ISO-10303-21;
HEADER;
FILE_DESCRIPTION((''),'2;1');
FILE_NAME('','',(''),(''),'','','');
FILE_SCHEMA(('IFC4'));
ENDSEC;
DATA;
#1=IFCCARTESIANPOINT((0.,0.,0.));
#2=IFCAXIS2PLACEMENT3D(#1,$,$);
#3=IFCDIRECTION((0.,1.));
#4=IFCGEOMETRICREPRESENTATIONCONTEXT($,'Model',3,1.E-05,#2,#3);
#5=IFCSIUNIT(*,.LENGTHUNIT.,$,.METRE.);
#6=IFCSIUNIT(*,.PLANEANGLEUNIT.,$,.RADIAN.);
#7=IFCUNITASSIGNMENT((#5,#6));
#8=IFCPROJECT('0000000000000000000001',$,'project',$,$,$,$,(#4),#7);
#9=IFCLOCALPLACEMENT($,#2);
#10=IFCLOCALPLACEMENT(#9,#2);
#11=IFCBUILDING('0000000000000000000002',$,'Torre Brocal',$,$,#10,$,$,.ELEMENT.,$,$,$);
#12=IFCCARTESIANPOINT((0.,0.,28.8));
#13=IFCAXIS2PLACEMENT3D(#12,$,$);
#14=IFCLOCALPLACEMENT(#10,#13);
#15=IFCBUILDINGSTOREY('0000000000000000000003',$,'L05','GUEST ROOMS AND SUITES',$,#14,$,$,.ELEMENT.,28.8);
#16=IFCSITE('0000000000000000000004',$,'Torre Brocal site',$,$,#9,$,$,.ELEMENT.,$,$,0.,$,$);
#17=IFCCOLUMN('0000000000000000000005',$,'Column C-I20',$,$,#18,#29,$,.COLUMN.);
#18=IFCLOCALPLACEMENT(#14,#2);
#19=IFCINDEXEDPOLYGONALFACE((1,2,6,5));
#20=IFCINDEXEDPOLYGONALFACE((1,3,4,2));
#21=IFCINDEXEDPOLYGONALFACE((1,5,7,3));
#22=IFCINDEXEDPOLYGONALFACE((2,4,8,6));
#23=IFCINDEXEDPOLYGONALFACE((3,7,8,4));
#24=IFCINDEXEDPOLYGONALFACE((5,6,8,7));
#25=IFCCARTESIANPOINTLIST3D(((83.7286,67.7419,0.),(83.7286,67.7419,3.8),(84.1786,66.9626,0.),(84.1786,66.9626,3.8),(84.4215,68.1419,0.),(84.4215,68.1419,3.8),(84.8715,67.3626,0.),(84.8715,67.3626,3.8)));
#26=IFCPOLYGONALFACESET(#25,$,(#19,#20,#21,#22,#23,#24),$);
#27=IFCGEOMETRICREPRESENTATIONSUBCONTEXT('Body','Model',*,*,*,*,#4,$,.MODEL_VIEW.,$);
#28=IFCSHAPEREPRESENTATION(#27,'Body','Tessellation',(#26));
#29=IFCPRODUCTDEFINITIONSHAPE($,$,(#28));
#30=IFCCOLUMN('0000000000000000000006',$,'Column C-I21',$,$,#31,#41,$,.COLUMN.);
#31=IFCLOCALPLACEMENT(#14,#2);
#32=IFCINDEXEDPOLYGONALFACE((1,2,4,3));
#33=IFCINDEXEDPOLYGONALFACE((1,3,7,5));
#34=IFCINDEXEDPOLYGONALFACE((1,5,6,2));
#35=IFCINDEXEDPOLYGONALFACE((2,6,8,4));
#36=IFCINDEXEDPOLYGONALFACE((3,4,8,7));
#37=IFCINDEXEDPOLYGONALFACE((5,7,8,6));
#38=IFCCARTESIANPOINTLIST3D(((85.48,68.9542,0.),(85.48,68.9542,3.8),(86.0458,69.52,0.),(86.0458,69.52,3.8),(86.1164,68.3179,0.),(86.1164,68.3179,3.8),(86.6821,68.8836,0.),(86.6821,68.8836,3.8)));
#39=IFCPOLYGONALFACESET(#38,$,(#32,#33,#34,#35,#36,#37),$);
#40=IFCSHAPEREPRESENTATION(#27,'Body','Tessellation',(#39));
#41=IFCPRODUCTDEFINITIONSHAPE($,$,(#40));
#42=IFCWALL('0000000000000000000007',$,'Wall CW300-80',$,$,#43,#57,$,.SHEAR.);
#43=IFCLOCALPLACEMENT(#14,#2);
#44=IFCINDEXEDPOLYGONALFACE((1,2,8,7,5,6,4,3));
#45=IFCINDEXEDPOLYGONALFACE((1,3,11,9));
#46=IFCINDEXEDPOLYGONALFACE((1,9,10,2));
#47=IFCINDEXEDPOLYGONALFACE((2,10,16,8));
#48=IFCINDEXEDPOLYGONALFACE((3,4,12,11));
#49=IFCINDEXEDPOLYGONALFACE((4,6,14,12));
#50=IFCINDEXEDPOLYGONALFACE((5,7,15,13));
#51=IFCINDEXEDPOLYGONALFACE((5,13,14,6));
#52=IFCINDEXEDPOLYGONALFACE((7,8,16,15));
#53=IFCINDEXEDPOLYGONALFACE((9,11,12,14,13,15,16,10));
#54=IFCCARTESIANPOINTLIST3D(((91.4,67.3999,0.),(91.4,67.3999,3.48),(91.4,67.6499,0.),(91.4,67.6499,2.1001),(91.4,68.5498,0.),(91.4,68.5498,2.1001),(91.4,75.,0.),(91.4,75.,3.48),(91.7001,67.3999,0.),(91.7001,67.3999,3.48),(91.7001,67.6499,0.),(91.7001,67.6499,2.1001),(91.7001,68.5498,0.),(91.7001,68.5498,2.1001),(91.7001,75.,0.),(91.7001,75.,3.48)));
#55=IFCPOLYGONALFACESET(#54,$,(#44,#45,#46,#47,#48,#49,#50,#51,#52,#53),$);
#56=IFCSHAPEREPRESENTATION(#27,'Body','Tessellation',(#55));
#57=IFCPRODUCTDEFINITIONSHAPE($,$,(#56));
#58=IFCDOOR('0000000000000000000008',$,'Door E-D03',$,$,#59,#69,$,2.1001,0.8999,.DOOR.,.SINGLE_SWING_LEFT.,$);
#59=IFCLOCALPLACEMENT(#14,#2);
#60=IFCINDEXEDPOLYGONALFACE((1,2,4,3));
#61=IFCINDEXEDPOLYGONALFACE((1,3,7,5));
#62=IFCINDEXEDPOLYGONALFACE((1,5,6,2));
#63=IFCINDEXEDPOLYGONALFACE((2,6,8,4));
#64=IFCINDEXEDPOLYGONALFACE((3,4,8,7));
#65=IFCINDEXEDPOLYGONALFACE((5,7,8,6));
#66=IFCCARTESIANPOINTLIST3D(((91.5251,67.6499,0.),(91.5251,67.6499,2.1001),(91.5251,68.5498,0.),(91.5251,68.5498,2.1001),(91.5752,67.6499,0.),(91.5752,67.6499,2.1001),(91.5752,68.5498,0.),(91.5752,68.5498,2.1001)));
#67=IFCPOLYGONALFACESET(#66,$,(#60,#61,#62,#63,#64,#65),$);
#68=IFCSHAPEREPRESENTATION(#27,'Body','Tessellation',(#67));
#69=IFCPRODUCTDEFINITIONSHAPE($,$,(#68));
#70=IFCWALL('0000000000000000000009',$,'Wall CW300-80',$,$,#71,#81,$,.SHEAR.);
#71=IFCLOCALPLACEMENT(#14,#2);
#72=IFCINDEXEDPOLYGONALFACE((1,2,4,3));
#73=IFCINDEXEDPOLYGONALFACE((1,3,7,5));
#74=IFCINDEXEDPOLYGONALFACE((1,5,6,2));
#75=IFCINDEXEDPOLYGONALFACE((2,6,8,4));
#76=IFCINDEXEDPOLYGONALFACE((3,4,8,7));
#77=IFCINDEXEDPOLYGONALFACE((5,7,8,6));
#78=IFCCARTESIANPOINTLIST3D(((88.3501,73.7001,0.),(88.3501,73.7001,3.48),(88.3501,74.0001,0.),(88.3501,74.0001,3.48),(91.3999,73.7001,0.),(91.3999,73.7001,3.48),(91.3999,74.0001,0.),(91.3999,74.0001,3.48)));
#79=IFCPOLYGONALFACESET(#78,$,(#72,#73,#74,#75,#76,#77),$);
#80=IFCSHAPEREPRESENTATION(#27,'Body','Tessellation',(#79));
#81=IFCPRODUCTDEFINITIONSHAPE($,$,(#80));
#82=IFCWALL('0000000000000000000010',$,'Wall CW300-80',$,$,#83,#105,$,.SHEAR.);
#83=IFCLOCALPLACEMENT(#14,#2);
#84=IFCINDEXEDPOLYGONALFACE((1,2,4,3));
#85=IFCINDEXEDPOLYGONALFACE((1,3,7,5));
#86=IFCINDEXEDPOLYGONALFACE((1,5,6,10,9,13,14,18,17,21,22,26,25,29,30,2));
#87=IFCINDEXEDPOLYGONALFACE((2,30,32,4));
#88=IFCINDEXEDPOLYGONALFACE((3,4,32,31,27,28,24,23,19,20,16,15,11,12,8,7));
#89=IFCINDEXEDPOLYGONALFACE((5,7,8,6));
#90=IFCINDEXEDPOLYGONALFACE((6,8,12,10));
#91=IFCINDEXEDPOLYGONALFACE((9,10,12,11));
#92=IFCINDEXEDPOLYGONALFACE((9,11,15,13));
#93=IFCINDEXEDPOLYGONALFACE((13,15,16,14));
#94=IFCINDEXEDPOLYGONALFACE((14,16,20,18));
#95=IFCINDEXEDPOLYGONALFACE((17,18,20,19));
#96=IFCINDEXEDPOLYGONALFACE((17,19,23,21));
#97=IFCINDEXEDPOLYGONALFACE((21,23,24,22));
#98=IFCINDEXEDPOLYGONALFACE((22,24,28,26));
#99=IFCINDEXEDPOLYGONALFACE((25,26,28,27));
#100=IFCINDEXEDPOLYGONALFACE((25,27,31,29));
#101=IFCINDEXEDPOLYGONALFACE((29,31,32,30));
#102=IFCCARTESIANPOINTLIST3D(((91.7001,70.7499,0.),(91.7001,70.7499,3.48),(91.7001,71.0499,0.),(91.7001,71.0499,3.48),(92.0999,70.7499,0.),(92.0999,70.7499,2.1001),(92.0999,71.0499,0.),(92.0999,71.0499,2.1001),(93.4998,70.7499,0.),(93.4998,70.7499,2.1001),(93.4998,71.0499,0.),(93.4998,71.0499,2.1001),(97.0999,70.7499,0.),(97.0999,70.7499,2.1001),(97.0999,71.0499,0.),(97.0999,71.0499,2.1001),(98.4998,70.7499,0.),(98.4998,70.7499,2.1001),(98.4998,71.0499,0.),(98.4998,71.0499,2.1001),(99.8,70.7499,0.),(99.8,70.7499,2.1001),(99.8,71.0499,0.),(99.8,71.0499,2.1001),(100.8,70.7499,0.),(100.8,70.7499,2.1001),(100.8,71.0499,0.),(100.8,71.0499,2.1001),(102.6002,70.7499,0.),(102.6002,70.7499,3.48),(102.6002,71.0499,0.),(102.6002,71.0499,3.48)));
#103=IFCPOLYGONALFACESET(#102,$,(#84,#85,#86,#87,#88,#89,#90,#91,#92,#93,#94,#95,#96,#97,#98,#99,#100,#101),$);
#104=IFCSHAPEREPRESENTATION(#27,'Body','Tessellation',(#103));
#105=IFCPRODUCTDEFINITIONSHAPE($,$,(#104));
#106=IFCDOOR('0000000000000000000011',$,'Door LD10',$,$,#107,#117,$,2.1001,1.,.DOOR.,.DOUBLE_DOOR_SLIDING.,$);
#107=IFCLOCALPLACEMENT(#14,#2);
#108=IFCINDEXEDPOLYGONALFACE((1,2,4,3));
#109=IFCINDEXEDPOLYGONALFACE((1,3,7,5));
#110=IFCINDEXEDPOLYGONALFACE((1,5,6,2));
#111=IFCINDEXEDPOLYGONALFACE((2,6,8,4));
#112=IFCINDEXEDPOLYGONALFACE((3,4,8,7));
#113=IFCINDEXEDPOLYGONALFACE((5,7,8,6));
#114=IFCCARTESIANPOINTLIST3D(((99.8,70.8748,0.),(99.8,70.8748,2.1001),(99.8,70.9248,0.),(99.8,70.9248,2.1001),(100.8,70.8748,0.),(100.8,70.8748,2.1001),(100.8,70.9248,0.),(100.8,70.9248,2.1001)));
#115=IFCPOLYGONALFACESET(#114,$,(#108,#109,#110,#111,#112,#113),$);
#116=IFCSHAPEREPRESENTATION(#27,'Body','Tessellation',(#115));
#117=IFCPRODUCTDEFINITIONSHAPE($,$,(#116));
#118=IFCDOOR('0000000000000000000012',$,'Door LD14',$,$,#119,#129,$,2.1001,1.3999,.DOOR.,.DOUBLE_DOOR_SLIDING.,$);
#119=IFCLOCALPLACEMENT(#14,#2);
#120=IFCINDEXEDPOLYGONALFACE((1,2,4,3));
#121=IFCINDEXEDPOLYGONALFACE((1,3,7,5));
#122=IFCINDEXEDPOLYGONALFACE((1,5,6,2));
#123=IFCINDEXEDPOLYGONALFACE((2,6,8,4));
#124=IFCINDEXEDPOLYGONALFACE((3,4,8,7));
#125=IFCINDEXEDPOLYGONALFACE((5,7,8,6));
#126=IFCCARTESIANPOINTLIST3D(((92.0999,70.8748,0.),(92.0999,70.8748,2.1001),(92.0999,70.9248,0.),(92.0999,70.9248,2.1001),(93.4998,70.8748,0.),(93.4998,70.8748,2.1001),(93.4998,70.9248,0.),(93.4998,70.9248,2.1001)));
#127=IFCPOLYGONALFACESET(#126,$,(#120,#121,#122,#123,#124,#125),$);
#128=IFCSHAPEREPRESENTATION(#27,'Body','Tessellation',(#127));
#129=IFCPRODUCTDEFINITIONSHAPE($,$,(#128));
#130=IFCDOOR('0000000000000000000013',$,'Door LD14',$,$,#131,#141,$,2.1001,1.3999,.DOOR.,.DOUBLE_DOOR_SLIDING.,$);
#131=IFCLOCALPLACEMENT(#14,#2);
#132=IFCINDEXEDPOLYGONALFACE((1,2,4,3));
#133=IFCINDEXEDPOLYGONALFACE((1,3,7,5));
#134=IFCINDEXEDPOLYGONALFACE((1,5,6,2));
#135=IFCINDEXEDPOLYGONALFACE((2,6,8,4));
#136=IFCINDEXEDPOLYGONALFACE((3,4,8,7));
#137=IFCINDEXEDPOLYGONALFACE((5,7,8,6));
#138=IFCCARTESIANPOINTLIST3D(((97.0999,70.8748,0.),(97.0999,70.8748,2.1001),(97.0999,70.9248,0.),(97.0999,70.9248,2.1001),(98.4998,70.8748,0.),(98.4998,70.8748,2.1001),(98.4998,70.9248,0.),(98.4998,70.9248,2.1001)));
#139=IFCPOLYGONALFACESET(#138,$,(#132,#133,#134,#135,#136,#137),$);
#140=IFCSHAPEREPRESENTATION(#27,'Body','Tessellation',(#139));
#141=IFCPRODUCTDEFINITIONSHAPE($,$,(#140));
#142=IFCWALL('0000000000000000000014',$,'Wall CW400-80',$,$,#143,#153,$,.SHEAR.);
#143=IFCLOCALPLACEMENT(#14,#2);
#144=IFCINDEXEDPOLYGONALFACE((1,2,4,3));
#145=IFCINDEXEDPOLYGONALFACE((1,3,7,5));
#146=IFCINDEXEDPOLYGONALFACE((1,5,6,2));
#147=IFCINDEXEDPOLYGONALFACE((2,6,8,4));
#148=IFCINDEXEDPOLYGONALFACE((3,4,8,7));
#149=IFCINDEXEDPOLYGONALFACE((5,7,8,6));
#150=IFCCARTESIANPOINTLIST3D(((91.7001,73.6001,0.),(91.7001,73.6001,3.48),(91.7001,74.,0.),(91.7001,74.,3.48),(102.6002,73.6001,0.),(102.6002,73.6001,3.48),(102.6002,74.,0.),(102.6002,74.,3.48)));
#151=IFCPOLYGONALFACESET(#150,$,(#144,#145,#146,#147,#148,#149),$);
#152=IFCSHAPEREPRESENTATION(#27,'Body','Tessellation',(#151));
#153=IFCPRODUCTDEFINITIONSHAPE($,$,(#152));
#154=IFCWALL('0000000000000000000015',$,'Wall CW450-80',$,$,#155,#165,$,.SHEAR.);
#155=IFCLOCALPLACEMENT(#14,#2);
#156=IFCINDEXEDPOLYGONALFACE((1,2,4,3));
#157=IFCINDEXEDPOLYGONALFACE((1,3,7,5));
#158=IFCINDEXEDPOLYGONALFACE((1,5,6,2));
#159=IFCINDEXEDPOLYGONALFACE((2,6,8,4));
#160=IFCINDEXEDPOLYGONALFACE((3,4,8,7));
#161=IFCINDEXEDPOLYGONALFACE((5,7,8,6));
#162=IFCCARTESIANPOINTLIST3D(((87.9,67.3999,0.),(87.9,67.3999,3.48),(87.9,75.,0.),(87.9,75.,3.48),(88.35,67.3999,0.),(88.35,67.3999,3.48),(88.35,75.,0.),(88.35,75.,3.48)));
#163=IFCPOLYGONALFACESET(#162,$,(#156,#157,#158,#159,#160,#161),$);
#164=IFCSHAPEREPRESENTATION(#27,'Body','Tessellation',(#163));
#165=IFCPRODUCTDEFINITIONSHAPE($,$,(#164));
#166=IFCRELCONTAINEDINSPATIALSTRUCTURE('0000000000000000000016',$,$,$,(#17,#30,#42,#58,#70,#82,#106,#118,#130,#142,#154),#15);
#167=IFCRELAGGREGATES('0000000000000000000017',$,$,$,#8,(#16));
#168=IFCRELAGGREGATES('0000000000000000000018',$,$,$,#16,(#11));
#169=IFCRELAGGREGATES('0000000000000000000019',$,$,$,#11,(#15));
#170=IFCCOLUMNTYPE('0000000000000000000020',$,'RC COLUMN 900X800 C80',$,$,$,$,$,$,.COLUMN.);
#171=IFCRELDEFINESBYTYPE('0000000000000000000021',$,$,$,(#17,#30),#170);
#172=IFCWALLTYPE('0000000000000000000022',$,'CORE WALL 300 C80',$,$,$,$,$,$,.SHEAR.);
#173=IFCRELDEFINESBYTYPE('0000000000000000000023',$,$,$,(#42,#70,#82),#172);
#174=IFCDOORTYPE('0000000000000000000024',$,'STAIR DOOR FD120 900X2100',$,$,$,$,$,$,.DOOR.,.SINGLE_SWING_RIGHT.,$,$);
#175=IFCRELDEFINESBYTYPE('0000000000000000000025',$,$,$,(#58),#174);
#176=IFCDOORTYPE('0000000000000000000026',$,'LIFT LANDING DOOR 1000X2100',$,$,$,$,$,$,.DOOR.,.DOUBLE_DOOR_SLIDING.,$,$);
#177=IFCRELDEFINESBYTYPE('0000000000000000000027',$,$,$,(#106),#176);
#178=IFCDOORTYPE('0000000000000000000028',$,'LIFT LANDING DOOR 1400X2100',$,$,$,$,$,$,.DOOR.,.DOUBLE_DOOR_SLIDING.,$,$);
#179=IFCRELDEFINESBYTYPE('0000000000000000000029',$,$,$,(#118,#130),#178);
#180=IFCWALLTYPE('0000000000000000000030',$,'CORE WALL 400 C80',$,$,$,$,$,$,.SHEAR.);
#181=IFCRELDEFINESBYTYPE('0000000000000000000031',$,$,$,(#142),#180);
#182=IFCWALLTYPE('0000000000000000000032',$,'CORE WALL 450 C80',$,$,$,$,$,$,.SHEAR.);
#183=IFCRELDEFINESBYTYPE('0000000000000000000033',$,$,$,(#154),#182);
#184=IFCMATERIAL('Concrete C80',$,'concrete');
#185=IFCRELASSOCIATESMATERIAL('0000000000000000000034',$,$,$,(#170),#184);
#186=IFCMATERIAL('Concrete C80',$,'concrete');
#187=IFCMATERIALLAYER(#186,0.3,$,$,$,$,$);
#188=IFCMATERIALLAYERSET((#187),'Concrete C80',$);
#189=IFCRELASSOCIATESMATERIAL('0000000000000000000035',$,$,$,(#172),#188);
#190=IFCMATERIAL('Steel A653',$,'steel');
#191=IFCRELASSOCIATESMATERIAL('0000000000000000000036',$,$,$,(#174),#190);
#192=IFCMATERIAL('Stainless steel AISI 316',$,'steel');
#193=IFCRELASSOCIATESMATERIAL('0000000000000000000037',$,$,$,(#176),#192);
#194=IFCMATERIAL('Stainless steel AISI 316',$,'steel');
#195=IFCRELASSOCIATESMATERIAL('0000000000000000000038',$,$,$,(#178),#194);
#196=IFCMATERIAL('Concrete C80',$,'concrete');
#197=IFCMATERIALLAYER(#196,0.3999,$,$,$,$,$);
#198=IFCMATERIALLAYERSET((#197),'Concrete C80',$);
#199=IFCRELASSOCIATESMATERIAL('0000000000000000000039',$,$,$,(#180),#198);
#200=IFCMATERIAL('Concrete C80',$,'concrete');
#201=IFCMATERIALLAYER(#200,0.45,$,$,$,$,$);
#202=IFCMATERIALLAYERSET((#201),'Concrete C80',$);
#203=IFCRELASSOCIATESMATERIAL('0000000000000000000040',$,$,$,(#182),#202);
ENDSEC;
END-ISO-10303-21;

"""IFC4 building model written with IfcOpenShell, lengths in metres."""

from ifc_helpers import new_model, si_unit, direction, frame, frame_2d, origin, origin_2d, place, context, subcontext, project, spatial, rectangle, extrude, material, layer, layer_set, material_profile, profile_set, type_object, element, fill, save


model = new_model("IFC4")

# Units and contexts
model_context = context("Model", 3, precision=1e-05, world=origin(), true_north=direction((0.0, 1.0)))
body_context = subcontext(model_context, "Body", "Model", "MODEL_VIEW")
ifc_project = project(units=[si_unit("LENGTHUNIT", "METRE"), si_unit("PLANEANGLEUNIT", "RADIAN")], contexts=[model_context])

# Site, building, storey
site_placement = place(None, origin())
site = spatial("IfcSite", under=ifc_project, at=site_placement, Name="Torre Brocal site", CompositionType="ELEMENT", RefElevation=0.0)
building_placement = place(site_placement, origin())
building = spatial("IfcBuilding", under=site, at=building_placement, Name="Torre Brocal", CompositionType="ELEMENT")
storey_placement = place(building_placement, frame((0.0, 0.0, 28.8)))
storey = spatial("IfcBuildingStorey", under=building, at=storey_placement, Name="L05", Description="GUEST ROOMS AND SUITES", CompositionType="ELEMENT", Elevation=28.8)

# Columns
ifc_material_1 = material(Name="Concrete C80", Category="concrete")
ifc_material_profile = material_profile(ifc_material_1, rectangle(XDim=0.8999, YDim=0.8, at=origin_2d()), Name="RC 900X800")
ifc_profile_set = profile_set([ifc_material_profile], Name="Concrete C80")
column_type = type_object("IfcColumnType", Name="RC COLUMN 900X800 C80", PredefinedType="COLUMN", material=ifc_profile_set)
for number, where, z_axis, x_axis, name in (
    (1, (84.3, 67.5522, 0.0), (0.0, 0.0, 1.0), (0.5, -0.866025, 0.0), "Column C-I20"),
    (2, (86.0811, 68.9189, 0.0), (0.0, 0.0, 1.0), (0.707107, -0.707107, 0.0), "Column C-I21"),
):
    element("IfcColumn", number, at=place(storey_placement, frame(where, z_axis=z_axis, x_axis=x_axis)), inside=storey, type_object=column_type, Name=name, PredefinedType="COLUMN", context=body_context, shape_type="SweptSolid", body=[
        extrude(rectangle(XDim=0.8999, YDim=0.8, at=origin_2d()), origin(), (0.0, 0.0, 1.0), 3.8),
    ])

# Wall, opening, door
ifc_material_2 = material(Name="Concrete C80", Category="concrete")
ifc_layer_1 = layer(ifc_material_2, 0.3)
ifc_layer_set_1 = layer_set([ifc_layer_1], Name="Concrete C80")
wall_type_1 = type_object("IfcWallType", Name="CORE WALL 300 C80", PredefinedType="SHEAR", material=ifc_layer_set_1)
wall_1_placement = place(storey_placement, frame((91.55, 67.3999, 0.0), z_axis=(0.0, 0.0, 1.0), x_axis=(0.0, 1.0, 0.0)))
wall_1 = element("IfcWall", 3, at=wall_1_placement, inside=storey, type_object=wall_type_1, Name="Wall CW300-80", PredefinedType="SHEAR", context=body_context, shape_type="SweptSolid", body=[
    extrude(rectangle(XDim=7.6001, YDim=0.3, at=frame_2d((3.8, 0.0))), origin(), (0.0, 0.0, 1.0), 3.48),
])
opening_1_placement = place(wall_1_placement, frame((0.25, 0.0, 0.0)))
opening_1 = element("IfcOpeningElement", 4, at=opening_1_placement, cuts=wall_1, PredefinedType="OPENING", context=body_context, shape_type="SweptSolid", body=[
    extrude(rectangle(XDim=0.8999, YDim=2.1001, at=frame_2d((0.45, 1.05))), frame((0.0, 0.1599, 0.0), z_axis=(0.0, -1.0, 0.0), x_axis=(1.0, 0.0, 0.0)), (0.0, 0.0, 1.0), 0.3201),
])
ifc_material_3 = material(Name="Steel A653", Category="steel")
door_type_1 = type_object("IfcDoorType", Name="STAIR DOOR FD120 900X2100", OperationType="SINGLE_SWING_RIGHT", PredefinedType="DOOR", material=ifc_material_3)
door_1_placement = place(opening_1_placement, origin())
door_1 = element("IfcDoor", 5, at=door_1_placement, inside=storey, type_object=door_type_1, Name="Door E-D03", OperationType="SINGLE_SWING_LEFT", OverallHeight=2.1001, OverallWidth=0.8999, PredefinedType="DOOR", context=body_context, shape_type="SweptSolid", body=[
    extrude(rectangle(XDim=0.8999, YDim=2.1001, at=frame_2d((0.45, 1.05))), frame((0.0, 0.0249, 0.0), z_axis=(0.0, -1.0, 0.0), x_axis=(1.0, 0.0, 0.0)), (0.0, 0.0, 1.0), 0.05),
])
fill(opening_1, door_1)

# Wall
wall_2_placement = place(storey_placement, frame((88.3501, 73.8501, 0.0), z_axis=(0.0, 0.0, 1.0), x_axis=(1.0, 0.0, 0.0)))
element("IfcWall", 6, at=wall_2_placement, inside=storey, type_object=wall_type_1, Name="Wall CW300-80", PredefinedType="SHEAR", context=body_context, shape_type="SweptSolid", body=[
    extrude(rectangle(XDim=3.0498, YDim=0.3, at=frame_2d((1.5249, 0.0))), origin(), (0.0, 0.0, 1.0), 3.48),
])

# Wall, openings, doors
wall_3_placement = place(storey_placement, frame((91.7, 70.8999, 0.0), z_axis=(0.0, 0.0, 1.0), x_axis=(1.0, 0.0, 0.0)))
wall_3 = element("IfcWall", 7, at=wall_3_placement, inside=storey, type_object=wall_type_1, Name="Wall CW300-80", PredefinedType="SHEAR", context=body_context, shape_type="SweptSolid", body=[
    extrude(rectangle(XDim=10.9001, YDim=0.3, at=frame_2d((5.4502, 0.0))), origin(), (0.0, 0.0, 1.0), 3.48),
])
opening_2_placement = place(wall_3_placement, frame((0.3999, 0.0, 0.0)))
opening_2 = element("IfcOpeningElement", 8, at=opening_2_placement, cuts=wall_3, PredefinedType="OPENING", context=body_context, shape_type="SweptSolid", body=[
    extrude(rectangle(XDim=1.3999, YDim=2.1001, at=frame_2d((0.7, 1.05))), frame((0.0, 0.1599, 0.0), z_axis=(0.0, -1.0, 0.0), x_axis=(1.0, 0.0, 0.0)), (0.0, 0.0, 1.0), 0.3201),
])
opening_3_placement = place(wall_3_placement, frame((5.3999, 0.0, 0.0)))
opening_3 = element("IfcOpeningElement", 9, at=opening_3_placement, cuts=wall_3, PredefinedType="OPENING", context=body_context, shape_type="SweptSolid", body=[
    extrude(rectangle(XDim=1.3999, YDim=2.1001, at=frame_2d((0.7, 1.05))), frame((0.0, 0.1599, 0.0), z_axis=(0.0, -1.0, 0.0), x_axis=(1.0, 0.0, 0.0)), (0.0, 0.0, 1.0), 0.3201),
])
opening_4_placement = place(wall_3_placement, frame((8.1001, 0.0, 0.0)))
opening_4 = element("IfcOpeningElement", 10, at=opening_4_placement, cuts=wall_3, PredefinedType="OPENING", context=body_context, shape_type="SweptSolid", body=[
    extrude(rectangle(XDim=1.0, YDim=2.1001, at=frame_2d((0.5, 1.05))), frame((0.0, 0.1599, 0.0), z_axis=(0.0, -1.0, 0.0), x_axis=(1.0, 0.0, 0.0)), (0.0, 0.0, 1.0), 0.3201),
])
ifc_material_4 = material(Name="Stainless steel AISI 316", Category="steel")
door_type_2 = type_object("IfcDoorType", Name="LIFT LANDING DOOR 1000X2100", OperationType="DOUBLE_DOOR_SLIDING", PredefinedType="DOOR", material=ifc_material_4)
door_2_placement = place(opening_4_placement, origin())
door_2 = element("IfcDoor", 11, at=door_2_placement, inside=storey, type_object=door_type_2, Name="Door LD10", OperationType="DOUBLE_DOOR_SLIDING", OverallHeight=2.1001, OverallWidth=1.0, PredefinedType="DOOR", context=body_context, shape_type="SweptSolid", body=[
    extrude(rectangle(XDim=1.0, YDim=2.1001, at=frame_2d((0.5, 1.05))), frame((0.0, 0.0249, 0.0), z_axis=(0.0, -1.0, 0.0), x_axis=(1.0, 0.0, 0.0)), (0.0, 0.0, 1.0), 0.05),
])
fill(opening_4, door_2)
ifc_material_5 = material(Name="Stainless steel AISI 316", Category="steel")
door_type_3 = type_object("IfcDoorType", Name="LIFT LANDING DOOR 1400X2100", OperationType="DOUBLE_DOOR_SLIDING", PredefinedType="DOOR", material=ifc_material_5)
door_3_placement = place(opening_2_placement, origin())
door_3 = element("IfcDoor", 12, at=door_3_placement, inside=storey, type_object=door_type_3, Name="Door LD14", OperationType="DOUBLE_DOOR_SLIDING", OverallHeight=2.1001, OverallWidth=1.3999, PredefinedType="DOOR", context=body_context, shape_type="SweptSolid", body=[
    extrude(rectangle(XDim=1.3999, YDim=2.1001, at=frame_2d((0.7, 1.05))), frame((0.0, 0.0249, 0.0), z_axis=(0.0, -1.0, 0.0), x_axis=(1.0, 0.0, 0.0)), (0.0, 0.0, 1.0), 0.05),
])
fill(opening_2, door_3)
door_4_placement = place(opening_3_placement, origin())
door_4 = element("IfcDoor", 13, at=door_4_placement, inside=storey, type_object=door_type_3, Name="Door LD14", OperationType="DOUBLE_DOOR_SLIDING", OverallHeight=2.1001, OverallWidth=1.3999, PredefinedType="DOOR", context=body_context, shape_type="SweptSolid", body=[
    extrude(rectangle(XDim=1.3999, YDim=2.1001, at=frame_2d((0.7, 1.05))), frame((0.0, 0.0249, 0.0), z_axis=(0.0, -1.0, 0.0), x_axis=(1.0, 0.0, 0.0)), (0.0, 0.0, 1.0), 0.05),
])
fill(opening_3, door_4)

# Walls
ifc_material_6 = material(Name="Concrete C80", Category="concrete")
ifc_layer_2 = layer(ifc_material_6, 0.3999)
ifc_layer_set_2 = layer_set([ifc_layer_2], Name="Concrete C80")
wall_type_2 = type_object("IfcWallType", Name="CORE WALL 400 C80", PredefinedType="SHEAR", material=ifc_layer_set_2)
wall_4_placement = place(storey_placement, frame((91.7, 73.8, 0.0), z_axis=(0.0, 0.0, 1.0), x_axis=(1.0, 0.0, 0.0)))
element("IfcWall", 14, at=wall_4_placement, inside=storey, type_object=wall_type_2, Name="Wall CW400-80", PredefinedType="SHEAR", context=body_context, shape_type="SweptSolid", body=[
    extrude(rectangle(XDim=10.9001, YDim=0.3999, at=frame_2d((5.4502, 0.0))), origin(), (0.0, 0.0, 1.0), 3.48),
])
ifc_material_7 = material(Name="Concrete C80", Category="concrete")
ifc_layer_3 = layer(ifc_material_7, 0.45)
ifc_layer_set_3 = layer_set([ifc_layer_3], Name="Concrete C80")
wall_type_3 = type_object("IfcWallType", Name="CORE WALL 450 C80", PredefinedType="SHEAR", material=ifc_layer_set_3)
wall_5_placement = place(storey_placement, frame((88.125, 67.3999, 0.0), z_axis=(0.0, 0.0, 1.0), x_axis=(0.0, 1.0, 0.0)))
element("IfcWall", 15, at=wall_5_placement, inside=storey, type_object=wall_type_3, Name="Wall CW450-80", PredefinedType="SHEAR", context=body_context, shape_type="SweptSolid", body=[
    extrude(rectangle(XDim=7.6001, YDim=0.45, at=frame_2d((3.8, 0.0))), origin(), (0.0, 0.0, 1.0), 3.48),
])

save(model, "model.ifc")
